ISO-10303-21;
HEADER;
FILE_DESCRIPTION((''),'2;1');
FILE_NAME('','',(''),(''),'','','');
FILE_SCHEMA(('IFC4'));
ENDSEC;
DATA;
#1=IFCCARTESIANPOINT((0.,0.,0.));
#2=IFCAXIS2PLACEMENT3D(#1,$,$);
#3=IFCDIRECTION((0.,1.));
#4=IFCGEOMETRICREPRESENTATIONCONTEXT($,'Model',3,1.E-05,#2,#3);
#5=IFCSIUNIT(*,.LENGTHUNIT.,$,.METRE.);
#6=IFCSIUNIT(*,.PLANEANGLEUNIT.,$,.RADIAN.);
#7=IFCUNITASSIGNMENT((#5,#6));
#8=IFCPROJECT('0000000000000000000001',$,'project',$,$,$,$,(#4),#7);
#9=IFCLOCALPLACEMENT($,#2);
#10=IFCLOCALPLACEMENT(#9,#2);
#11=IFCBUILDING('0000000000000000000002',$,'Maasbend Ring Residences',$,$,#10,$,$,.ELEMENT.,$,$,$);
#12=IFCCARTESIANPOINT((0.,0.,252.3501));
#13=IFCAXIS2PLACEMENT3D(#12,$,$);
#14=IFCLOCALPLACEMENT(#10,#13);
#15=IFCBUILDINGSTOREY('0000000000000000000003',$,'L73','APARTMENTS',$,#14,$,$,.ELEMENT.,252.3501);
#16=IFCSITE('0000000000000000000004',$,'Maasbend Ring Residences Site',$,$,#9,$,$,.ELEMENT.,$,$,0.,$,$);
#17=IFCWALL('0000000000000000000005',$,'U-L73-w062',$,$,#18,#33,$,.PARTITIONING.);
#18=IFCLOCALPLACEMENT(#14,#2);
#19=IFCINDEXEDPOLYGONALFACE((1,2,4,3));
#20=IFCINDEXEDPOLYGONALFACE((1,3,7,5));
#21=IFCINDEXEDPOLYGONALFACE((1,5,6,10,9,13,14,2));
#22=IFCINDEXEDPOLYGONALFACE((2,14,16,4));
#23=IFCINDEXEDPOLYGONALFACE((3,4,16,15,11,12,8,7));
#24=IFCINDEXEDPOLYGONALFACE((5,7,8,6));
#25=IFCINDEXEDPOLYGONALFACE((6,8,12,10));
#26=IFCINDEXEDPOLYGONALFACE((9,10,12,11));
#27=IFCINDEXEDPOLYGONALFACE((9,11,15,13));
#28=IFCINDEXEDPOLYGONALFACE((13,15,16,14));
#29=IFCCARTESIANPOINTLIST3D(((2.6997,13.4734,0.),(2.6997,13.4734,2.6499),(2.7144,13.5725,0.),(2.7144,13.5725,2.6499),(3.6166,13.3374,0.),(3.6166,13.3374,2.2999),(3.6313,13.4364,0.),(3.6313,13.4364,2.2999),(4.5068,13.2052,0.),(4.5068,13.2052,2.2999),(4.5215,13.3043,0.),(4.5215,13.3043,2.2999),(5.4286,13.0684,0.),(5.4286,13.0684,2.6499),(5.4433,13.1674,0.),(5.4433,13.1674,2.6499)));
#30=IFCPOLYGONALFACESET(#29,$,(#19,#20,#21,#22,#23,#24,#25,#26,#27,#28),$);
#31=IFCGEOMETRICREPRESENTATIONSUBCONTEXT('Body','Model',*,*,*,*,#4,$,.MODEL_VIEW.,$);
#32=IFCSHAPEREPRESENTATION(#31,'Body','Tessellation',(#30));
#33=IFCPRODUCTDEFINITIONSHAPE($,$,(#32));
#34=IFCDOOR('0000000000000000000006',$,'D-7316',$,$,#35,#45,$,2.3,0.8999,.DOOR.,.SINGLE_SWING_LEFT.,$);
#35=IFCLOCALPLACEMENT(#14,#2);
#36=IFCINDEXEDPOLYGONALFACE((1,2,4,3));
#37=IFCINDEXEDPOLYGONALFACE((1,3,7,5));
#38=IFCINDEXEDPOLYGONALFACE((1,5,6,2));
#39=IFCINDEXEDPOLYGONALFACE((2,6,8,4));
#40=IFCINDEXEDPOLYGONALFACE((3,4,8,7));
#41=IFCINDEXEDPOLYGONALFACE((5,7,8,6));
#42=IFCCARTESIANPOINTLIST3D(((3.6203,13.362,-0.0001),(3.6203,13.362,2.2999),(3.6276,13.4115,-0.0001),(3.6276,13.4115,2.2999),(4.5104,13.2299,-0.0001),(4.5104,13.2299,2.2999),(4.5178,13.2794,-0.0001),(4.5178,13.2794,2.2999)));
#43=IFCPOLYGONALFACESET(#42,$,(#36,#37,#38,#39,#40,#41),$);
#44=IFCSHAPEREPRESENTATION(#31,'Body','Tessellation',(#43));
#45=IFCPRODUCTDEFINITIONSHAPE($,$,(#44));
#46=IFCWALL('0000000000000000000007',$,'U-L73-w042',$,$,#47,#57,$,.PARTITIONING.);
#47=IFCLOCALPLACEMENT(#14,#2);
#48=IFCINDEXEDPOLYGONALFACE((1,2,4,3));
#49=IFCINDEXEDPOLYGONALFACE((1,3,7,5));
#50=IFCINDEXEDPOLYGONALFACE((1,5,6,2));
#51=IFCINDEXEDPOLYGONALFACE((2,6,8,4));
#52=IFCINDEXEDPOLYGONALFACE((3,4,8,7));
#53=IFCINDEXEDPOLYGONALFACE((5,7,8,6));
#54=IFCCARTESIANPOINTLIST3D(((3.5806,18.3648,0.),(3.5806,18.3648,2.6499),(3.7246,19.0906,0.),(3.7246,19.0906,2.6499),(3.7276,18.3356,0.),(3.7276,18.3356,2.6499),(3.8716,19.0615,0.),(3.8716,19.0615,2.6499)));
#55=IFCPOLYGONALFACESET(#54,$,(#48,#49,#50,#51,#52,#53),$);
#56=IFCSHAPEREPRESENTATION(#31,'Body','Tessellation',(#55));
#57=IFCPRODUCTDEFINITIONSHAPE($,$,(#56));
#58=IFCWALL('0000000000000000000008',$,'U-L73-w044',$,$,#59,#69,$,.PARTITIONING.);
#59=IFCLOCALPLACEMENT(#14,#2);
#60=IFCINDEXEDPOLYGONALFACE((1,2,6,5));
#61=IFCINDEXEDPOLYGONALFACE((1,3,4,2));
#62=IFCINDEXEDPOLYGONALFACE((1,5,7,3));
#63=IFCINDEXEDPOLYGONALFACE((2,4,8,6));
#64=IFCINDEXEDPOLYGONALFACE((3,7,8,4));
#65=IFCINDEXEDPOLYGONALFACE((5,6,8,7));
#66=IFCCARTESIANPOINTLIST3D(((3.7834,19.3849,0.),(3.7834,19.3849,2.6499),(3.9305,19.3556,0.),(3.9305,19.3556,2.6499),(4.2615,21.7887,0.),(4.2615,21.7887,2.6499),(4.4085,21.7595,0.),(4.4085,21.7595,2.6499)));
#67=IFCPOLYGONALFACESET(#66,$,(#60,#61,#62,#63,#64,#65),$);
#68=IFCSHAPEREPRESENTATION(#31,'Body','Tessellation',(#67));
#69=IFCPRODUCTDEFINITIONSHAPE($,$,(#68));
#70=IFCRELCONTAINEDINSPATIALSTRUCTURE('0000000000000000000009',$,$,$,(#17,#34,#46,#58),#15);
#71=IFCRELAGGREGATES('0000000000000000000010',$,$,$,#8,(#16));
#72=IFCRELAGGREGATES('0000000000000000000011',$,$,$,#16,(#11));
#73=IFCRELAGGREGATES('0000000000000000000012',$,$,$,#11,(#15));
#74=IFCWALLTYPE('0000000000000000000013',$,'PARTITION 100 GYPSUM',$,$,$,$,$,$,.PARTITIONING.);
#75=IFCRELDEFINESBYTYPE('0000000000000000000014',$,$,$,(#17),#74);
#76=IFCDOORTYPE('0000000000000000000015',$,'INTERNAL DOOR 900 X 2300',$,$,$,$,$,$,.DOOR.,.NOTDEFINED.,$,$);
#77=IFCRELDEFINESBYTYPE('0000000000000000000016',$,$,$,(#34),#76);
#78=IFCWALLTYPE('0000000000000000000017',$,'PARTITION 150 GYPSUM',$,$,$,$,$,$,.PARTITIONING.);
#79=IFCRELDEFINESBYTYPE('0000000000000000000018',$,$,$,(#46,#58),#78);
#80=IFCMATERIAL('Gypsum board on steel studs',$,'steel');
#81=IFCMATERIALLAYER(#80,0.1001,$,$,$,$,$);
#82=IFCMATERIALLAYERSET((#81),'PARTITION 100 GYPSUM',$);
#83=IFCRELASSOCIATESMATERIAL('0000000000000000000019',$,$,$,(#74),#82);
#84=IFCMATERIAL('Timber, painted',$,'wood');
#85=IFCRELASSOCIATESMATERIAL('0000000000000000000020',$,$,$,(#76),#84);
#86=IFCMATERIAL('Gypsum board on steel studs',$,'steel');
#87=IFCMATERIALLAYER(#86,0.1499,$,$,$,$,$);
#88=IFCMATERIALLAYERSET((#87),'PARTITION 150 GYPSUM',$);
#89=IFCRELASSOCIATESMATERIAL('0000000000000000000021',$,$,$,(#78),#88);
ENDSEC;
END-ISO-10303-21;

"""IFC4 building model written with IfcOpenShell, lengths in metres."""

from ifc_helpers import new_model, si_unit, direction, frame, frame_2d, origin, place, context, subcontext, project, spatial, rectangle, extrude, material, layer, layer_set, type_object, element, fill, save


model = new_model("IFC4")

# Units and contexts
model_context = context("Model", 3, precision=1e-05, world=origin(), true_north=direction((0.0, 1.0)))
body_context = subcontext(model_context, "Body", "Model", "MODEL_VIEW")
ifc_project = project(units=[si_unit("LENGTHUNIT", "METRE"), si_unit("PLANEANGLEUNIT", "RADIAN")], contexts=[model_context])

# Site, building, storey
site_placement = place(None, origin())
site = spatial("IfcSite", under=ifc_project, at=site_placement, Name="Maasbend Ring Residences Site", CompositionType="ELEMENT", RefElevation=0.0)
building_placement = place(site_placement, origin())
building = spatial("IfcBuilding", under=site, at=building_placement, Name="Maasbend Ring Residences", CompositionType="ELEMENT")
storey_placement = place(building_placement, frame((0.0, 0.0, 252.3501)))
storey = spatial("IfcBuildingStorey", under=building, at=storey_placement, Name="L73", Description="APARTMENTS", CompositionType="ELEMENT", Elevation=252.3501)

# Shared definitions
ifc_material_1 = material(Name="Gypsum board on steel studs", Category="steel")
ifc_layer_1 = layer(ifc_material_1, 0.1001)
ifc_layer_set_1 = layer_set([ifc_layer_1], Name="PARTITION 100 GYPSUM")
wall_type_1 = type_object("IfcWallType", Name="PARTITION 100 GYPSUM", PredefinedType="PARTITIONING", material=ifc_layer_set_1)

# Wall, opening, door
ifc_material_2 = material(Name="Timber, painted", Category="wood")
door_type_1 = type_object("IfcDoorType", Name="INTERNAL DOOR 900 X 2300", OperationType="NOTDEFINED", PredefinedType="DOOR", material=ifc_material_2)
wall_1_placement = place(storey_placement, frame((2.707, 13.5229, 0.0), z_axis=(0.0, 0.0, 1.0), x_axis=(0.989165, -0.146808, 0.0)))
wall_1 = element("IfcWall", 1, at=wall_1_placement, inside=storey, type_object=wall_type_1, Name="U-L73-w062", PredefinedType="PARTITIONING", context=body_context, shape_type="SweptSolid", body=[
    extrude(rectangle(XDim=2.7588, YDim=0.1001, at=frame_2d((1.3794, 0.0))), origin(), (0.0, 0.0, 1.0), 2.6499),
])
opening_1_placement = place(wall_1_placement, frame((0.927, 0.0, 0.0)))
opening_1 = element("IfcOpeningElement", 2, at=opening_1_placement, cuts=wall_1, PredefinedType="OPENING", context=body_context, shape_type="SweptSolid", body=[
    extrude(rectangle(XDim=0.8999, YDim=2.3, at=frame_2d((0.45, 1.1499))), frame((0.0, 0.0601, 0.0), z_axis=(0.0, -1.0, 0.0), x_axis=(1.0, 0.0, 0.0)), (0.0, 0.0, 1.0), 0.1201),
])
door_1_placement = place(opening_1_placement, origin())
door_1 = element("IfcDoor", 3, at=door_1_placement, inside=storey, type_object=door_type_1, Name="D-7316", OperationType="SINGLE_SWING_LEFT", OverallHeight=2.3, OverallWidth=0.8999, PredefinedType="DOOR", context=body_context, shape_type="SweptSolid", body=[
    extrude(rectangle(XDim=0.8999, YDim=2.3, at=frame_2d((0.45, 1.1499))), frame((0.0, 0.0249, 0.0), z_axis=(0.0, -1.0, 0.0), x_axis=(1.0, 0.0, 0.0)), (0.0, 0.0, 1.0), 0.05),
])
fill(opening_1, door_1)

# Walls
ifc_material_3 = material(Name="Gypsum board on steel studs", Category="steel")
ifc_layer_2 = layer(ifc_material_3, 0.1499)
ifc_layer_set_2 = layer_set([ifc_layer_2], Name="PARTITION 150 GYPSUM")
wall_type_2 = type_object("IfcWallType", Name="PARTITION 150 GYPSUM", PredefinedType="PARTITIONING", material=ifc_layer_set_2)
wall_2_placement = place(storey_placement, frame((3.6541, 18.3501, 0.0), z_axis=(0.0, 0.0, 1.0), x_axis=(0.194657, 0.980871, 0.0)))
element("IfcWall", 4, at=wall_2_placement, inside=storey, type_object=wall_type_2, Name="U-L73-w042", PredefinedType="PARTITIONING", context=body_context, shape_type="SweptSolid", body=[
    extrude(rectangle(XDim=0.74, YDim=0.1499, at=frame_2d((0.3701, 0.0))), origin(), (0.0, 0.0, 1.0), 2.6499),
])
wall_3_placement = place(storey_placement, frame((3.8569, 19.3701, 0.0), z_axis=(0.0, 0.0, 1.0), x_axis=(0.195043, 0.980795, 0.0)))
element("IfcWall", 5, at=wall_3_placement, inside=storey, type_object=wall_type_2, Name="U-L73-w044", PredefinedType="PARTITIONING", context=body_context, shape_type="SweptSolid", body=[
    extrude(rectangle(XDim=2.4509, YDim=0.1499, at=frame_2d((1.2256, 0.0))), origin(), (0.0, 0.0, 1.0), 2.6499),
])

save(model, "model.ifc")
